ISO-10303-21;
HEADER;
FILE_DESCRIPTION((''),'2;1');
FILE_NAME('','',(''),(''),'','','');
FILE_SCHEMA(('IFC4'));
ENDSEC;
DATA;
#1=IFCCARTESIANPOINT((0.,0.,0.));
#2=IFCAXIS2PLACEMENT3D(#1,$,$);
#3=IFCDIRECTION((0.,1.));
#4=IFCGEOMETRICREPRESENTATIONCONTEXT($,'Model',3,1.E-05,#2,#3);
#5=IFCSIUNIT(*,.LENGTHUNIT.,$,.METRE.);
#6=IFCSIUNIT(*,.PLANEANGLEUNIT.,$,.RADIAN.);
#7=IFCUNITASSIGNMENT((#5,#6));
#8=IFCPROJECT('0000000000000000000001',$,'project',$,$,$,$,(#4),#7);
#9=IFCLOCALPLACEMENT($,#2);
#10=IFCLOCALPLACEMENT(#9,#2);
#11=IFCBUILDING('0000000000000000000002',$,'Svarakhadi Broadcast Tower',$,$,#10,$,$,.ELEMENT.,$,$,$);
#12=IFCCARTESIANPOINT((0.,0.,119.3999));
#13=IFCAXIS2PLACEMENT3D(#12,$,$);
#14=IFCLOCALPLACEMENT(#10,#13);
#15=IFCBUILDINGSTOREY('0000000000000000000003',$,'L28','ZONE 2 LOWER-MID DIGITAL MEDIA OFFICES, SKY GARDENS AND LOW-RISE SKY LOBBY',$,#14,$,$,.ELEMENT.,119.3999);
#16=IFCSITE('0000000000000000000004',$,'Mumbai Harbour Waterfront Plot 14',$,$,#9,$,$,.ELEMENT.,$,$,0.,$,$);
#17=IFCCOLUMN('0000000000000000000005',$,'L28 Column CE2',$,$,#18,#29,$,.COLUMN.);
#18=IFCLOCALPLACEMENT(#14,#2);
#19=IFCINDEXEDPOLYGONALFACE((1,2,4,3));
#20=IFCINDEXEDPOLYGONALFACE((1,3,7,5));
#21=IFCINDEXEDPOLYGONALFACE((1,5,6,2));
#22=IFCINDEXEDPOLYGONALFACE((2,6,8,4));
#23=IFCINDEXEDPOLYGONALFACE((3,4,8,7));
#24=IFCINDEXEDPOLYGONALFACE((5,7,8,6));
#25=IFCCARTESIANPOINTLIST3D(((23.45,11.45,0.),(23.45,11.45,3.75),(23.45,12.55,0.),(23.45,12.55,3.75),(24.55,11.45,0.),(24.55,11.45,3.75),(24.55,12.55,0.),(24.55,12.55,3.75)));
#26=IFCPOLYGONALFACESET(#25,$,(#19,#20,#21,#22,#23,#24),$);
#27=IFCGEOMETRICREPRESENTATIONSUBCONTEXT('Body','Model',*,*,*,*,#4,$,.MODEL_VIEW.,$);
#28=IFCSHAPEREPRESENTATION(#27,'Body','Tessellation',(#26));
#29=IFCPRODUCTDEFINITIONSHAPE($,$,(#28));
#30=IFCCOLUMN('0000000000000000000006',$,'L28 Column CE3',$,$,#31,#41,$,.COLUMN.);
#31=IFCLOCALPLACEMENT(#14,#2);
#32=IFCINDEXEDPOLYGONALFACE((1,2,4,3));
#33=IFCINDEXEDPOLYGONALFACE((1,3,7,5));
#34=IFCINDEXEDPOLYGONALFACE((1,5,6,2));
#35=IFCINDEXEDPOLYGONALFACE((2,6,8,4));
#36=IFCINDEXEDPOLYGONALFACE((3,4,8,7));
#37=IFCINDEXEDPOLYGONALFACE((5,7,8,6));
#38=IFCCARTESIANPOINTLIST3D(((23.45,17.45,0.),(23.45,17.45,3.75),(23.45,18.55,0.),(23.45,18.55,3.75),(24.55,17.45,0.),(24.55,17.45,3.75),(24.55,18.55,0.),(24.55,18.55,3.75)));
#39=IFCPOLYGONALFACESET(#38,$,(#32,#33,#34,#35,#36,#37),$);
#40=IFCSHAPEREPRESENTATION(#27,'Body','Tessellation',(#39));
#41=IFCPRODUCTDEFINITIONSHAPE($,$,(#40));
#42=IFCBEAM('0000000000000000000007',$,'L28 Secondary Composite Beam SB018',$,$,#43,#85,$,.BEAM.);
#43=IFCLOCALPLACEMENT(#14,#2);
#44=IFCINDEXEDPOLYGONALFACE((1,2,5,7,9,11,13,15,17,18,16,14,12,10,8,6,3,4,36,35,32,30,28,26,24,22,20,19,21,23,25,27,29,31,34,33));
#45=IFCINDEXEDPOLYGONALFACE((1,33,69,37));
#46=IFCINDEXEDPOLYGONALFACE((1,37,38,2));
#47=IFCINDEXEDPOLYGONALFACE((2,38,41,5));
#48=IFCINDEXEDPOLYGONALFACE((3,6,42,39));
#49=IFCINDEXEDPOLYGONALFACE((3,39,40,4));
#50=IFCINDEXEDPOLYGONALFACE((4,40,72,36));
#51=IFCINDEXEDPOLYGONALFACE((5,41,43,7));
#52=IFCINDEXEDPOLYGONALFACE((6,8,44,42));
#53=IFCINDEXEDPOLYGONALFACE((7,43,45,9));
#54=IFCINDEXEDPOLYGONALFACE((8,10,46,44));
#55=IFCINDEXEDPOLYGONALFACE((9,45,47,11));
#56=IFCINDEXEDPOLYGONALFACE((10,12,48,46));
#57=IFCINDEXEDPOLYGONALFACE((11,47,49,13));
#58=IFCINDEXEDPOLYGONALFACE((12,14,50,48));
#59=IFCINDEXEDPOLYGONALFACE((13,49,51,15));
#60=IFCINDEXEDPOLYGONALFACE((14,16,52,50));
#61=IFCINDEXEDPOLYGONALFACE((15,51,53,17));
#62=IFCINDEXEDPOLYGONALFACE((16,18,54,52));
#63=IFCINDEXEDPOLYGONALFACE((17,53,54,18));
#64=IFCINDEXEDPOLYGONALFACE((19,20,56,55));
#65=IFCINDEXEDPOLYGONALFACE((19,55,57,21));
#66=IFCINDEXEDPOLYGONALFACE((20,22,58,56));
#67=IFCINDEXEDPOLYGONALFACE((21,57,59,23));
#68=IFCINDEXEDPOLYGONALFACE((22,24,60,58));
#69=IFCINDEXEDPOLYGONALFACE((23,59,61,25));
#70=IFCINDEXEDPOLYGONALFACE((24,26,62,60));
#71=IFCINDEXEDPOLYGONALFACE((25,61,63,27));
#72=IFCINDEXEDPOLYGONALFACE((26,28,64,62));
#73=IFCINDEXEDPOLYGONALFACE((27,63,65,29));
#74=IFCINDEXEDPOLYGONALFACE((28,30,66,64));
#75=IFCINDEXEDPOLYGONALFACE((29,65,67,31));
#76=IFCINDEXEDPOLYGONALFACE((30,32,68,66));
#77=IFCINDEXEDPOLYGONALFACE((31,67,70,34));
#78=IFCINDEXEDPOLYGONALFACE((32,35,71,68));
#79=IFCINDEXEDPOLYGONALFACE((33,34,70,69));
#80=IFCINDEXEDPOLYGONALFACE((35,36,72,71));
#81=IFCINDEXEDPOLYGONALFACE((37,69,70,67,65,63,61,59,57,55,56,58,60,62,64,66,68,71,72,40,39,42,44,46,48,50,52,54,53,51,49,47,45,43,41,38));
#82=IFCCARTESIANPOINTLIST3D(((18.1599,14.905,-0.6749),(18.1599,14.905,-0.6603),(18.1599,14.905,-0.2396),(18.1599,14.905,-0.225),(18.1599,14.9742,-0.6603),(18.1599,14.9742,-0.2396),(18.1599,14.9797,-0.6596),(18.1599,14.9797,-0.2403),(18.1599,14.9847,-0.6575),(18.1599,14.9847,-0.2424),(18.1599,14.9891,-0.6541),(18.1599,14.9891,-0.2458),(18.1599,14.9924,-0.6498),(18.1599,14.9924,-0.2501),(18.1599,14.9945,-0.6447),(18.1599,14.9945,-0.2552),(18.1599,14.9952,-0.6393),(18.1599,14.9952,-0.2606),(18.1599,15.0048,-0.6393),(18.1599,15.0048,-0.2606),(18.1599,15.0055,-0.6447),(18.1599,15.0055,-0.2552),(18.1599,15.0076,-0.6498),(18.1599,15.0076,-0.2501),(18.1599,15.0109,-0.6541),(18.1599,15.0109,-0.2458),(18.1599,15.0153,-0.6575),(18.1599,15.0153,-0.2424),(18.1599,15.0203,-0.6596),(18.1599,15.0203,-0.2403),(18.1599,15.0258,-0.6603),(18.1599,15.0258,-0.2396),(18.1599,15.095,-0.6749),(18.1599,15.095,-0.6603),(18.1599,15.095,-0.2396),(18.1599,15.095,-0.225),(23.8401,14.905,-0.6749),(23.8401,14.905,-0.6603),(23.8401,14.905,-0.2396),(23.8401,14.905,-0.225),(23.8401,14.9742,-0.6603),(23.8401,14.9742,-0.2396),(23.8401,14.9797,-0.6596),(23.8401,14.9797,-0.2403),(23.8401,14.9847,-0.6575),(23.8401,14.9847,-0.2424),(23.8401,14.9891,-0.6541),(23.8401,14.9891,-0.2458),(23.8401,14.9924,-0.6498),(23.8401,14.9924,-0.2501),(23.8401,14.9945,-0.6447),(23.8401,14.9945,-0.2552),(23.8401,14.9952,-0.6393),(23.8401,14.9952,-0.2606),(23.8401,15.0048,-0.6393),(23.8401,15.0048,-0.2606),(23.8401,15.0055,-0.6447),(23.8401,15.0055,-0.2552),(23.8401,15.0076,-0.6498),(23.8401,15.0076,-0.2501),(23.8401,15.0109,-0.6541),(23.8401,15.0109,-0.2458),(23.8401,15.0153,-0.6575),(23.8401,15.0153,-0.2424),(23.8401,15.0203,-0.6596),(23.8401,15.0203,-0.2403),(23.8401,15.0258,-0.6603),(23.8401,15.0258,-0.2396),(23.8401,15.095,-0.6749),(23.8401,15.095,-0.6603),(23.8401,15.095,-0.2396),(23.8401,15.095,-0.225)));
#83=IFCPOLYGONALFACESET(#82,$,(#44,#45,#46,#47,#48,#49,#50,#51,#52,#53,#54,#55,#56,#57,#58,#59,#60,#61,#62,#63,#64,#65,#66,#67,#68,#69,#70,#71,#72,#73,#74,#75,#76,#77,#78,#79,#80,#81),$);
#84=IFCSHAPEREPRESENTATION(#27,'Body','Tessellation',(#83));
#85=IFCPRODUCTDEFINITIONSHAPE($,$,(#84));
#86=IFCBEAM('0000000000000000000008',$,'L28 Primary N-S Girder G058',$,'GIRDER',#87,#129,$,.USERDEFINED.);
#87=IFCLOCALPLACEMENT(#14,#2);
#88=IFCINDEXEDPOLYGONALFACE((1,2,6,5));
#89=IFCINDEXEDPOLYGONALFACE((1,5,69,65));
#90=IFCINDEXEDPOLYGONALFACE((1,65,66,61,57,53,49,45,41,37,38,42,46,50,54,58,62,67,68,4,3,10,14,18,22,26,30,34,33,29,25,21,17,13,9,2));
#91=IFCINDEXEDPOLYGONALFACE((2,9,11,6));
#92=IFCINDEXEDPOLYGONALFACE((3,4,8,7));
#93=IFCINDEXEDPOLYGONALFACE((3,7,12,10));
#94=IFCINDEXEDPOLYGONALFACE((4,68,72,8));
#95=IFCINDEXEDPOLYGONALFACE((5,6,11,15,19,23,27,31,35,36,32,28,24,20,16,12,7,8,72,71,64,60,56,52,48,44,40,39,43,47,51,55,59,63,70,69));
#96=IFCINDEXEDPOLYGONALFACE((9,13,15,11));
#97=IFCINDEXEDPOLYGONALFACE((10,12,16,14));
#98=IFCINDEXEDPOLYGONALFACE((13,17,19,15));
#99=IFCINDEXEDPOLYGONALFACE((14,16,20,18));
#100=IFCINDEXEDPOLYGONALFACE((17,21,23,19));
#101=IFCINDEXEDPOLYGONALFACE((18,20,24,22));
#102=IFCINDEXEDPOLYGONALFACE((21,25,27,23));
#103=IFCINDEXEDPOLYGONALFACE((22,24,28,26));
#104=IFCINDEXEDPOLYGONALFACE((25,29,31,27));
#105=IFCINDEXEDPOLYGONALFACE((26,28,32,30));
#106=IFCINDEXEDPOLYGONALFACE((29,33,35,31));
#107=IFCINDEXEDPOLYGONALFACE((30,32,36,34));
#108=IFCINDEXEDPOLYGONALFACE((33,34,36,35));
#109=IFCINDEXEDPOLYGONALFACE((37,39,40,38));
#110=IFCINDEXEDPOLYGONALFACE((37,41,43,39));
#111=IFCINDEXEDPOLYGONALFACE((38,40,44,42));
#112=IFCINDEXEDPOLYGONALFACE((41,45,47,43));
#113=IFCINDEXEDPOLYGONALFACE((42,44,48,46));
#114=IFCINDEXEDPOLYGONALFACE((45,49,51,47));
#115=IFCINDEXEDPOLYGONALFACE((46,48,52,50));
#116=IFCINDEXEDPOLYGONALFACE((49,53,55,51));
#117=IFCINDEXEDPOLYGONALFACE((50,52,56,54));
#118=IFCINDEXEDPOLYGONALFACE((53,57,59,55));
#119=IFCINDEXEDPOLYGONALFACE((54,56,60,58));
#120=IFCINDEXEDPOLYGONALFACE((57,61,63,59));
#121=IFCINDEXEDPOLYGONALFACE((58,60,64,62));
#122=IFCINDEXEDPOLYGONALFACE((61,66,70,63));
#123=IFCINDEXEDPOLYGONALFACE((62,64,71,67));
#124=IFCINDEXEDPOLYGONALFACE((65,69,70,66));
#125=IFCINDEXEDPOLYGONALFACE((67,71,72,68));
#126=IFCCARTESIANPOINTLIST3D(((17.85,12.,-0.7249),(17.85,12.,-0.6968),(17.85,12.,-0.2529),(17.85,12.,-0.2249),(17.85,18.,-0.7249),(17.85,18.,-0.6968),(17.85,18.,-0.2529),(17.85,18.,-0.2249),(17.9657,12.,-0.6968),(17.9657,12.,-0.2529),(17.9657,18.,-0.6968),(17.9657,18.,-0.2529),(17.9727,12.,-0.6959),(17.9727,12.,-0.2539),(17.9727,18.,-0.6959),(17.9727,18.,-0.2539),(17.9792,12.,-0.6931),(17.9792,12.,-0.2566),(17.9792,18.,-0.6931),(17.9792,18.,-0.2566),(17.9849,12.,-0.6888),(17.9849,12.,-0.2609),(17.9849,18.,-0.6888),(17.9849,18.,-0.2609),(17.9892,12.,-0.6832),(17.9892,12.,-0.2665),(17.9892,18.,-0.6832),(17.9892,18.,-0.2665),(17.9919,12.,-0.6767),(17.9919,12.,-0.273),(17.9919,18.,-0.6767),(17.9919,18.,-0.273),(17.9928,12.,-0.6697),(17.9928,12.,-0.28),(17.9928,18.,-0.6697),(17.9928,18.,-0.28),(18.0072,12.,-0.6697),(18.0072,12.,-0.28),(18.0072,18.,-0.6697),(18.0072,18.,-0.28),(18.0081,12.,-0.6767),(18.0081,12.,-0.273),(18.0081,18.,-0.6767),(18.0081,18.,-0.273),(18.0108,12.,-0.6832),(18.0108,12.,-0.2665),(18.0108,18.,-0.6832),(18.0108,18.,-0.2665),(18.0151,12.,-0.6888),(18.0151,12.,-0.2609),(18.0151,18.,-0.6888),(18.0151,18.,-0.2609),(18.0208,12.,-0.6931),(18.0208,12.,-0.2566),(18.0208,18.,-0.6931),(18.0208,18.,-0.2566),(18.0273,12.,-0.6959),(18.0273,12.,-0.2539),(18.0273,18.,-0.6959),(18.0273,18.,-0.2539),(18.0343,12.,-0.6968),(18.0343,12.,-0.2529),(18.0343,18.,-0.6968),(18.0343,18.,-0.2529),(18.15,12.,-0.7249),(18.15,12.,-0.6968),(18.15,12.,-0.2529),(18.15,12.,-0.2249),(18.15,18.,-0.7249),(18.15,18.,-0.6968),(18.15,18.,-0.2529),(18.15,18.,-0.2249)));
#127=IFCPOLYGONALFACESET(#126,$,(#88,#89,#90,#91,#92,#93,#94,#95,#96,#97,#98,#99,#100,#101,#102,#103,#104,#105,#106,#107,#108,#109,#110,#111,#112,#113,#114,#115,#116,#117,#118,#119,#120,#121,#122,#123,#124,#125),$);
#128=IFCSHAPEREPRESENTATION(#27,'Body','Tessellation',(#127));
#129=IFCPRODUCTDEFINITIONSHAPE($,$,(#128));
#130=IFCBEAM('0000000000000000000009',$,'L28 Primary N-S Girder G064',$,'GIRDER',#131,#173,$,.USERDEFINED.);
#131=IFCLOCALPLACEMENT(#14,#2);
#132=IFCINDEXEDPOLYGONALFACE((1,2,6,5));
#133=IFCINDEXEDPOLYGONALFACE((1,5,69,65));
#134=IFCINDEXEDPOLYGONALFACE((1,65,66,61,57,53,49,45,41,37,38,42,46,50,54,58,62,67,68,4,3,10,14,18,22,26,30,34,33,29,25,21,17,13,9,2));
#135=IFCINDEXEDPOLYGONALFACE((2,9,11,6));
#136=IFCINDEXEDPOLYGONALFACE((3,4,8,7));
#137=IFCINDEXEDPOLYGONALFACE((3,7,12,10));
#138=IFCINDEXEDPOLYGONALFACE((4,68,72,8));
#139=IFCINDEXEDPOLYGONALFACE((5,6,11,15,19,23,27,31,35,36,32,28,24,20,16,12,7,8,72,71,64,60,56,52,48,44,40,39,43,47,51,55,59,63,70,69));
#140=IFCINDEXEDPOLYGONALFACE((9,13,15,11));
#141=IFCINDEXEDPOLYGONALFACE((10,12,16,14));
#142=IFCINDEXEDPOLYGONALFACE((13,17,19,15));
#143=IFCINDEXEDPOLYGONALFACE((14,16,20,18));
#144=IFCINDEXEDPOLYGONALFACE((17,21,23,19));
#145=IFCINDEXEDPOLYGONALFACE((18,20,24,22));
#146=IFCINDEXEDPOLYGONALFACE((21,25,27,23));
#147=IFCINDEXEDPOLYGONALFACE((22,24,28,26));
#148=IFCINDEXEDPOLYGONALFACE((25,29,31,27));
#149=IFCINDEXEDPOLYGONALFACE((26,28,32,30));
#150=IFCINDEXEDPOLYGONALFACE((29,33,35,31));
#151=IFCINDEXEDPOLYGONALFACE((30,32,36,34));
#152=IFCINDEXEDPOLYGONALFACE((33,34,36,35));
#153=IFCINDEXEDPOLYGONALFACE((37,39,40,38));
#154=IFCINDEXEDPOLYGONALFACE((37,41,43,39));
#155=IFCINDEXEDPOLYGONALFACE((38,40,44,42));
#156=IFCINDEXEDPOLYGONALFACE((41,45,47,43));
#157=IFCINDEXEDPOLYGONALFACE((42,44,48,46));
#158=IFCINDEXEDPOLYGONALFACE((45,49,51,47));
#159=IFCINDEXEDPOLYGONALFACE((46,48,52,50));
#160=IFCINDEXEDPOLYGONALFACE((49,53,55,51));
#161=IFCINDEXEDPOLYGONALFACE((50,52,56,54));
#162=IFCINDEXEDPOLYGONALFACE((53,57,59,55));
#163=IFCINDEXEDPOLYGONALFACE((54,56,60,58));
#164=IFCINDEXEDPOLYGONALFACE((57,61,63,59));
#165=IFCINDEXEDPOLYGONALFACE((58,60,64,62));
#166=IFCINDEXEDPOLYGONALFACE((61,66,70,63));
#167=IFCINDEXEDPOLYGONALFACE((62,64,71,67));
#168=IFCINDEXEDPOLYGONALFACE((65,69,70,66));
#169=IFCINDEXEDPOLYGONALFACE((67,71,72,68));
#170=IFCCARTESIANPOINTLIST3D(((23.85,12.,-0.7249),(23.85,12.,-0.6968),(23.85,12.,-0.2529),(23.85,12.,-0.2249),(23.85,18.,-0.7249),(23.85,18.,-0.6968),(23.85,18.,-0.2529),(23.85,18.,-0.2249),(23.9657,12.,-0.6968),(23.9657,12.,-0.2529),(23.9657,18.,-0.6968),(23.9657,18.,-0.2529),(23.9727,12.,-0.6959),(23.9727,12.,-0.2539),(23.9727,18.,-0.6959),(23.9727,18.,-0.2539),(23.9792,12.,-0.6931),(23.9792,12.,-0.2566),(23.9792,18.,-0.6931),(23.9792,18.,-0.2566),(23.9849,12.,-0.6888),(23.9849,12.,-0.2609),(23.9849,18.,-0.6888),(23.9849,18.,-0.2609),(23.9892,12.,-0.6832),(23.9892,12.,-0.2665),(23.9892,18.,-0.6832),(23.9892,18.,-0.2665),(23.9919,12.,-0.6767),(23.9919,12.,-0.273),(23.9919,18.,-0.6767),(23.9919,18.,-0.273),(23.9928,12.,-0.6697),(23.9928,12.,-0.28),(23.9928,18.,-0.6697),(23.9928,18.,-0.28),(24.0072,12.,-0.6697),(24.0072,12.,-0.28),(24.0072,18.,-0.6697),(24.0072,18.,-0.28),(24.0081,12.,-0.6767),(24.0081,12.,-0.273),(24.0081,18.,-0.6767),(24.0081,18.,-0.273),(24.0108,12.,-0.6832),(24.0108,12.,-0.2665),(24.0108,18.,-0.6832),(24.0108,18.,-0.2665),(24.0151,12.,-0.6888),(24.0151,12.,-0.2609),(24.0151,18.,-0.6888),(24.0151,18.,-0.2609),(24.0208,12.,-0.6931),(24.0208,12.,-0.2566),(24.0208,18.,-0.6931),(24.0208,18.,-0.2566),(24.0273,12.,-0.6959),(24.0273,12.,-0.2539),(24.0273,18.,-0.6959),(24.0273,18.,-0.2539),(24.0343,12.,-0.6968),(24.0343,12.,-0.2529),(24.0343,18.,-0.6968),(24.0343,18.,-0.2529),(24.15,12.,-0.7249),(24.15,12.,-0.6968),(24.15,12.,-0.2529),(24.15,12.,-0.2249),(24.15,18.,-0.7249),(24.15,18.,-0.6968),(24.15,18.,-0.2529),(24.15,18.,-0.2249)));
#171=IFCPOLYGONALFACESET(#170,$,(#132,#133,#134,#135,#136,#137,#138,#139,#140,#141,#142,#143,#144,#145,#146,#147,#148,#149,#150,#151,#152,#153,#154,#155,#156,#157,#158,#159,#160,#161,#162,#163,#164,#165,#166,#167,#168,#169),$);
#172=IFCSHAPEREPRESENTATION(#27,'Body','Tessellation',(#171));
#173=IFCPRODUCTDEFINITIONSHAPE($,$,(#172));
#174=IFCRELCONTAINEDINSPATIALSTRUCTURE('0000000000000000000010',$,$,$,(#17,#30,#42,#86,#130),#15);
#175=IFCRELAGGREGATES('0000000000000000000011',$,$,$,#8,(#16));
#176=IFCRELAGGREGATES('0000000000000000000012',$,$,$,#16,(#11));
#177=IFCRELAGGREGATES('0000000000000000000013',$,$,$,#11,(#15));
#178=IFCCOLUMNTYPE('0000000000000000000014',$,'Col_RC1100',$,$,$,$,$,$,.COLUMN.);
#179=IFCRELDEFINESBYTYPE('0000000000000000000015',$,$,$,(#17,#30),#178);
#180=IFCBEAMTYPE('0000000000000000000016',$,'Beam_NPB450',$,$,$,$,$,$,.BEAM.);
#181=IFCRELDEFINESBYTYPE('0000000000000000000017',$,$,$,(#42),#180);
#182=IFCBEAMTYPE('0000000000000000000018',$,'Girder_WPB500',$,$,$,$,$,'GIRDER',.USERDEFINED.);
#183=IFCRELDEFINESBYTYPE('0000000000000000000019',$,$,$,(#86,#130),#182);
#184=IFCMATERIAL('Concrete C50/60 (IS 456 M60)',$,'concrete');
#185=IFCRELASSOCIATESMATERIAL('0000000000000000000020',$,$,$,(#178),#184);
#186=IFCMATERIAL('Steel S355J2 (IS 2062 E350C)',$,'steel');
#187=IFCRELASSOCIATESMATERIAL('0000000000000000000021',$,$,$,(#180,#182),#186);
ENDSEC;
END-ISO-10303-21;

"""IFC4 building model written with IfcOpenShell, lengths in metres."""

from ifc_helpers import new_model, si_unit, direction, frame, origin, origin_2d, place, context, subcontext, project, spatial, rectangle, i_section, extrude, material, material_profile, profile_set, type_object, element, save


model = new_model("IFC4")

# Units and contexts
model_context = context("Model", 3, precision=1e-05, world=origin(), true_north=direction((0.0, 1.0)))
body_context = subcontext(model_context, "Body", "Model", "MODEL_VIEW")
ifc_project = project(units=[si_unit("LENGTHUNIT", "METRE"), si_unit("PLANEANGLEUNIT", "RADIAN")], contexts=[model_context])

# Site, building, storey
site_placement = place(None, origin())
site = spatial("IfcSite", under=ifc_project, at=site_placement, Name="Mumbai Harbour Waterfront Plot 14", CompositionType="ELEMENT", RefElevation=0.0)
building_placement = place(site_placement, origin())
building = spatial("IfcBuilding", under=site, at=building_placement, Name="Svarakhadi Broadcast Tower", CompositionType="ELEMENT")
storey_placement = place(building_placement, frame((0.0, 0.0, 119.3999)))
storey = spatial("IfcBuildingStorey", under=building, at=storey_placement, Name="L28", Description="ZONE 2 LOWER-MID DIGITAL MEDIA OFFICES, SKY GARDENS AND LOW-RISE SKY LOBBY", CompositionType="ELEMENT", Elevation=119.3999)

# Columns
ifc_material_1 = material(Name="Concrete C50/60 (IS 456 M60)", Category="concrete")
ifc_material_profile_1 = material_profile(ifc_material_1, rectangle(XDim=1.1001, YDim=1.1001, at=origin_2d()), Name="RC 1100x1100")
ifc_profile_set_1 = profile_set([ifc_material_profile_1], Name="Concrete C50/60 (IS 456 M60)")
column_type = type_object("IfcColumnType", Name="Col_RC1100", PredefinedType="COLUMN", material=ifc_profile_set_1)
for number, where, z_axis, x_axis, name in (
    (1, (24.0, 12.0, 0.0), (0.0, 0.0, 1.0), (1.0, 0.0, 0.0), "L28 Column CE2"),
    (2, (24.0, 18.0, 0.0), (0.0, 0.0, 1.0), (1.0, 0.0, 0.0), "L28 Column CE3"),
):
    element("IfcColumn", number, at=place(storey_placement, frame(where, z_axis=z_axis, x_axis=x_axis)), inside=storey, type_object=column_type, Name=name, PredefinedType="COLUMN", context=body_context, shape_type="SweptSolid", body=[
        extrude(rectangle(XDim=1.1001, YDim=1.1001, at=origin_2d()), origin(), (0.0, 0.0, 1.0), 3.75),
    ])

# Beams
ifc_material_2 = material(Name="Steel S355J2 (IS 2062 E350C)", Category="steel")
ifc_material_profile_2 = material_profile(ifc_material_2, i_section(OverallWidth=0.1899, OverallDepth=0.45, WebThickness=0.0095, FlangeThickness=0.0146, FilletRadius=0.021, at=origin_2d()), Name="NPB 450x190x78")
ifc_profile_set_2 = profile_set([ifc_material_profile_2], Name="Steel S355J2 (IS 2062 E350C)")
beam_type_1 = type_object("IfcBeamType", Name="Beam_NPB450", PredefinedType="BEAM", material=ifc_profile_set_2)
beam_placement = place(storey_placement, frame((18.1599, 15.0, -0.45), z_axis=(1.0, 0.0, 0.0), x_axis=(0.0, 1.0, 0.0)))
element("IfcBeam", 3, at=beam_placement, inside=storey, type_object=beam_type_1, Name="L28 Secondary Composite Beam SB018", PredefinedType="BEAM", context=body_context, shape_type="SweptSolid", body=[
    extrude(i_section(OverallWidth=0.1899, OverallDepth=0.45, WebThickness=0.0095, FlangeThickness=0.0146, FilletRadius=0.021, at=origin_2d()), origin(), (0.0, 0.0, 1.0), 5.6802),
])
ifc_material_profile_3 = material_profile(ifc_material_2, i_section(OverallWidth=0.3, OverallDepth=0.5, WebThickness=0.0144, FlangeThickness=0.0281, FilletRadius=0.0271, at=origin_2d()), Name="WPB 500x300x187")
ifc_profile_set_3 = profile_set([ifc_material_profile_3], Name="Steel S355J2 (IS 2062 E350C)")
beam_type_2 = type_object("IfcBeamType", Name="Girder_WPB500", ElementType="GIRDER", PredefinedType="USERDEFINED", material=ifc_profile_set_3)
for number, where, z_axis, x_axis, name in (
    (4, (18.0, 12.0, -0.4749), (0.0, 1.0, 0.0), (-1.0, 0.0, 0.0), "L28 Primary N-S Girder G058"),
    (5, (24.0, 12.0, -0.4749), (0.0, 1.0, 0.0), (-1.0, 0.0, 0.0), "L28 Primary N-S Girder G064"),
):
    element("IfcBeam", number, at=place(storey_placement, frame(where, z_axis=z_axis, x_axis=x_axis)), inside=storey, type_object=beam_type_2, Name=name, ObjectType="GIRDER", PredefinedType="USERDEFINED", context=body_context, shape_type="SweptSolid", body=[
        extrude(i_section(OverallWidth=0.3, OverallDepth=0.5, WebThickness=0.0144, FlangeThickness=0.0281, FilletRadius=0.0271, at=origin_2d()), origin(), (0.0, 0.0, 1.0), 6.0),
    ])

save(model, "model.ifc")
